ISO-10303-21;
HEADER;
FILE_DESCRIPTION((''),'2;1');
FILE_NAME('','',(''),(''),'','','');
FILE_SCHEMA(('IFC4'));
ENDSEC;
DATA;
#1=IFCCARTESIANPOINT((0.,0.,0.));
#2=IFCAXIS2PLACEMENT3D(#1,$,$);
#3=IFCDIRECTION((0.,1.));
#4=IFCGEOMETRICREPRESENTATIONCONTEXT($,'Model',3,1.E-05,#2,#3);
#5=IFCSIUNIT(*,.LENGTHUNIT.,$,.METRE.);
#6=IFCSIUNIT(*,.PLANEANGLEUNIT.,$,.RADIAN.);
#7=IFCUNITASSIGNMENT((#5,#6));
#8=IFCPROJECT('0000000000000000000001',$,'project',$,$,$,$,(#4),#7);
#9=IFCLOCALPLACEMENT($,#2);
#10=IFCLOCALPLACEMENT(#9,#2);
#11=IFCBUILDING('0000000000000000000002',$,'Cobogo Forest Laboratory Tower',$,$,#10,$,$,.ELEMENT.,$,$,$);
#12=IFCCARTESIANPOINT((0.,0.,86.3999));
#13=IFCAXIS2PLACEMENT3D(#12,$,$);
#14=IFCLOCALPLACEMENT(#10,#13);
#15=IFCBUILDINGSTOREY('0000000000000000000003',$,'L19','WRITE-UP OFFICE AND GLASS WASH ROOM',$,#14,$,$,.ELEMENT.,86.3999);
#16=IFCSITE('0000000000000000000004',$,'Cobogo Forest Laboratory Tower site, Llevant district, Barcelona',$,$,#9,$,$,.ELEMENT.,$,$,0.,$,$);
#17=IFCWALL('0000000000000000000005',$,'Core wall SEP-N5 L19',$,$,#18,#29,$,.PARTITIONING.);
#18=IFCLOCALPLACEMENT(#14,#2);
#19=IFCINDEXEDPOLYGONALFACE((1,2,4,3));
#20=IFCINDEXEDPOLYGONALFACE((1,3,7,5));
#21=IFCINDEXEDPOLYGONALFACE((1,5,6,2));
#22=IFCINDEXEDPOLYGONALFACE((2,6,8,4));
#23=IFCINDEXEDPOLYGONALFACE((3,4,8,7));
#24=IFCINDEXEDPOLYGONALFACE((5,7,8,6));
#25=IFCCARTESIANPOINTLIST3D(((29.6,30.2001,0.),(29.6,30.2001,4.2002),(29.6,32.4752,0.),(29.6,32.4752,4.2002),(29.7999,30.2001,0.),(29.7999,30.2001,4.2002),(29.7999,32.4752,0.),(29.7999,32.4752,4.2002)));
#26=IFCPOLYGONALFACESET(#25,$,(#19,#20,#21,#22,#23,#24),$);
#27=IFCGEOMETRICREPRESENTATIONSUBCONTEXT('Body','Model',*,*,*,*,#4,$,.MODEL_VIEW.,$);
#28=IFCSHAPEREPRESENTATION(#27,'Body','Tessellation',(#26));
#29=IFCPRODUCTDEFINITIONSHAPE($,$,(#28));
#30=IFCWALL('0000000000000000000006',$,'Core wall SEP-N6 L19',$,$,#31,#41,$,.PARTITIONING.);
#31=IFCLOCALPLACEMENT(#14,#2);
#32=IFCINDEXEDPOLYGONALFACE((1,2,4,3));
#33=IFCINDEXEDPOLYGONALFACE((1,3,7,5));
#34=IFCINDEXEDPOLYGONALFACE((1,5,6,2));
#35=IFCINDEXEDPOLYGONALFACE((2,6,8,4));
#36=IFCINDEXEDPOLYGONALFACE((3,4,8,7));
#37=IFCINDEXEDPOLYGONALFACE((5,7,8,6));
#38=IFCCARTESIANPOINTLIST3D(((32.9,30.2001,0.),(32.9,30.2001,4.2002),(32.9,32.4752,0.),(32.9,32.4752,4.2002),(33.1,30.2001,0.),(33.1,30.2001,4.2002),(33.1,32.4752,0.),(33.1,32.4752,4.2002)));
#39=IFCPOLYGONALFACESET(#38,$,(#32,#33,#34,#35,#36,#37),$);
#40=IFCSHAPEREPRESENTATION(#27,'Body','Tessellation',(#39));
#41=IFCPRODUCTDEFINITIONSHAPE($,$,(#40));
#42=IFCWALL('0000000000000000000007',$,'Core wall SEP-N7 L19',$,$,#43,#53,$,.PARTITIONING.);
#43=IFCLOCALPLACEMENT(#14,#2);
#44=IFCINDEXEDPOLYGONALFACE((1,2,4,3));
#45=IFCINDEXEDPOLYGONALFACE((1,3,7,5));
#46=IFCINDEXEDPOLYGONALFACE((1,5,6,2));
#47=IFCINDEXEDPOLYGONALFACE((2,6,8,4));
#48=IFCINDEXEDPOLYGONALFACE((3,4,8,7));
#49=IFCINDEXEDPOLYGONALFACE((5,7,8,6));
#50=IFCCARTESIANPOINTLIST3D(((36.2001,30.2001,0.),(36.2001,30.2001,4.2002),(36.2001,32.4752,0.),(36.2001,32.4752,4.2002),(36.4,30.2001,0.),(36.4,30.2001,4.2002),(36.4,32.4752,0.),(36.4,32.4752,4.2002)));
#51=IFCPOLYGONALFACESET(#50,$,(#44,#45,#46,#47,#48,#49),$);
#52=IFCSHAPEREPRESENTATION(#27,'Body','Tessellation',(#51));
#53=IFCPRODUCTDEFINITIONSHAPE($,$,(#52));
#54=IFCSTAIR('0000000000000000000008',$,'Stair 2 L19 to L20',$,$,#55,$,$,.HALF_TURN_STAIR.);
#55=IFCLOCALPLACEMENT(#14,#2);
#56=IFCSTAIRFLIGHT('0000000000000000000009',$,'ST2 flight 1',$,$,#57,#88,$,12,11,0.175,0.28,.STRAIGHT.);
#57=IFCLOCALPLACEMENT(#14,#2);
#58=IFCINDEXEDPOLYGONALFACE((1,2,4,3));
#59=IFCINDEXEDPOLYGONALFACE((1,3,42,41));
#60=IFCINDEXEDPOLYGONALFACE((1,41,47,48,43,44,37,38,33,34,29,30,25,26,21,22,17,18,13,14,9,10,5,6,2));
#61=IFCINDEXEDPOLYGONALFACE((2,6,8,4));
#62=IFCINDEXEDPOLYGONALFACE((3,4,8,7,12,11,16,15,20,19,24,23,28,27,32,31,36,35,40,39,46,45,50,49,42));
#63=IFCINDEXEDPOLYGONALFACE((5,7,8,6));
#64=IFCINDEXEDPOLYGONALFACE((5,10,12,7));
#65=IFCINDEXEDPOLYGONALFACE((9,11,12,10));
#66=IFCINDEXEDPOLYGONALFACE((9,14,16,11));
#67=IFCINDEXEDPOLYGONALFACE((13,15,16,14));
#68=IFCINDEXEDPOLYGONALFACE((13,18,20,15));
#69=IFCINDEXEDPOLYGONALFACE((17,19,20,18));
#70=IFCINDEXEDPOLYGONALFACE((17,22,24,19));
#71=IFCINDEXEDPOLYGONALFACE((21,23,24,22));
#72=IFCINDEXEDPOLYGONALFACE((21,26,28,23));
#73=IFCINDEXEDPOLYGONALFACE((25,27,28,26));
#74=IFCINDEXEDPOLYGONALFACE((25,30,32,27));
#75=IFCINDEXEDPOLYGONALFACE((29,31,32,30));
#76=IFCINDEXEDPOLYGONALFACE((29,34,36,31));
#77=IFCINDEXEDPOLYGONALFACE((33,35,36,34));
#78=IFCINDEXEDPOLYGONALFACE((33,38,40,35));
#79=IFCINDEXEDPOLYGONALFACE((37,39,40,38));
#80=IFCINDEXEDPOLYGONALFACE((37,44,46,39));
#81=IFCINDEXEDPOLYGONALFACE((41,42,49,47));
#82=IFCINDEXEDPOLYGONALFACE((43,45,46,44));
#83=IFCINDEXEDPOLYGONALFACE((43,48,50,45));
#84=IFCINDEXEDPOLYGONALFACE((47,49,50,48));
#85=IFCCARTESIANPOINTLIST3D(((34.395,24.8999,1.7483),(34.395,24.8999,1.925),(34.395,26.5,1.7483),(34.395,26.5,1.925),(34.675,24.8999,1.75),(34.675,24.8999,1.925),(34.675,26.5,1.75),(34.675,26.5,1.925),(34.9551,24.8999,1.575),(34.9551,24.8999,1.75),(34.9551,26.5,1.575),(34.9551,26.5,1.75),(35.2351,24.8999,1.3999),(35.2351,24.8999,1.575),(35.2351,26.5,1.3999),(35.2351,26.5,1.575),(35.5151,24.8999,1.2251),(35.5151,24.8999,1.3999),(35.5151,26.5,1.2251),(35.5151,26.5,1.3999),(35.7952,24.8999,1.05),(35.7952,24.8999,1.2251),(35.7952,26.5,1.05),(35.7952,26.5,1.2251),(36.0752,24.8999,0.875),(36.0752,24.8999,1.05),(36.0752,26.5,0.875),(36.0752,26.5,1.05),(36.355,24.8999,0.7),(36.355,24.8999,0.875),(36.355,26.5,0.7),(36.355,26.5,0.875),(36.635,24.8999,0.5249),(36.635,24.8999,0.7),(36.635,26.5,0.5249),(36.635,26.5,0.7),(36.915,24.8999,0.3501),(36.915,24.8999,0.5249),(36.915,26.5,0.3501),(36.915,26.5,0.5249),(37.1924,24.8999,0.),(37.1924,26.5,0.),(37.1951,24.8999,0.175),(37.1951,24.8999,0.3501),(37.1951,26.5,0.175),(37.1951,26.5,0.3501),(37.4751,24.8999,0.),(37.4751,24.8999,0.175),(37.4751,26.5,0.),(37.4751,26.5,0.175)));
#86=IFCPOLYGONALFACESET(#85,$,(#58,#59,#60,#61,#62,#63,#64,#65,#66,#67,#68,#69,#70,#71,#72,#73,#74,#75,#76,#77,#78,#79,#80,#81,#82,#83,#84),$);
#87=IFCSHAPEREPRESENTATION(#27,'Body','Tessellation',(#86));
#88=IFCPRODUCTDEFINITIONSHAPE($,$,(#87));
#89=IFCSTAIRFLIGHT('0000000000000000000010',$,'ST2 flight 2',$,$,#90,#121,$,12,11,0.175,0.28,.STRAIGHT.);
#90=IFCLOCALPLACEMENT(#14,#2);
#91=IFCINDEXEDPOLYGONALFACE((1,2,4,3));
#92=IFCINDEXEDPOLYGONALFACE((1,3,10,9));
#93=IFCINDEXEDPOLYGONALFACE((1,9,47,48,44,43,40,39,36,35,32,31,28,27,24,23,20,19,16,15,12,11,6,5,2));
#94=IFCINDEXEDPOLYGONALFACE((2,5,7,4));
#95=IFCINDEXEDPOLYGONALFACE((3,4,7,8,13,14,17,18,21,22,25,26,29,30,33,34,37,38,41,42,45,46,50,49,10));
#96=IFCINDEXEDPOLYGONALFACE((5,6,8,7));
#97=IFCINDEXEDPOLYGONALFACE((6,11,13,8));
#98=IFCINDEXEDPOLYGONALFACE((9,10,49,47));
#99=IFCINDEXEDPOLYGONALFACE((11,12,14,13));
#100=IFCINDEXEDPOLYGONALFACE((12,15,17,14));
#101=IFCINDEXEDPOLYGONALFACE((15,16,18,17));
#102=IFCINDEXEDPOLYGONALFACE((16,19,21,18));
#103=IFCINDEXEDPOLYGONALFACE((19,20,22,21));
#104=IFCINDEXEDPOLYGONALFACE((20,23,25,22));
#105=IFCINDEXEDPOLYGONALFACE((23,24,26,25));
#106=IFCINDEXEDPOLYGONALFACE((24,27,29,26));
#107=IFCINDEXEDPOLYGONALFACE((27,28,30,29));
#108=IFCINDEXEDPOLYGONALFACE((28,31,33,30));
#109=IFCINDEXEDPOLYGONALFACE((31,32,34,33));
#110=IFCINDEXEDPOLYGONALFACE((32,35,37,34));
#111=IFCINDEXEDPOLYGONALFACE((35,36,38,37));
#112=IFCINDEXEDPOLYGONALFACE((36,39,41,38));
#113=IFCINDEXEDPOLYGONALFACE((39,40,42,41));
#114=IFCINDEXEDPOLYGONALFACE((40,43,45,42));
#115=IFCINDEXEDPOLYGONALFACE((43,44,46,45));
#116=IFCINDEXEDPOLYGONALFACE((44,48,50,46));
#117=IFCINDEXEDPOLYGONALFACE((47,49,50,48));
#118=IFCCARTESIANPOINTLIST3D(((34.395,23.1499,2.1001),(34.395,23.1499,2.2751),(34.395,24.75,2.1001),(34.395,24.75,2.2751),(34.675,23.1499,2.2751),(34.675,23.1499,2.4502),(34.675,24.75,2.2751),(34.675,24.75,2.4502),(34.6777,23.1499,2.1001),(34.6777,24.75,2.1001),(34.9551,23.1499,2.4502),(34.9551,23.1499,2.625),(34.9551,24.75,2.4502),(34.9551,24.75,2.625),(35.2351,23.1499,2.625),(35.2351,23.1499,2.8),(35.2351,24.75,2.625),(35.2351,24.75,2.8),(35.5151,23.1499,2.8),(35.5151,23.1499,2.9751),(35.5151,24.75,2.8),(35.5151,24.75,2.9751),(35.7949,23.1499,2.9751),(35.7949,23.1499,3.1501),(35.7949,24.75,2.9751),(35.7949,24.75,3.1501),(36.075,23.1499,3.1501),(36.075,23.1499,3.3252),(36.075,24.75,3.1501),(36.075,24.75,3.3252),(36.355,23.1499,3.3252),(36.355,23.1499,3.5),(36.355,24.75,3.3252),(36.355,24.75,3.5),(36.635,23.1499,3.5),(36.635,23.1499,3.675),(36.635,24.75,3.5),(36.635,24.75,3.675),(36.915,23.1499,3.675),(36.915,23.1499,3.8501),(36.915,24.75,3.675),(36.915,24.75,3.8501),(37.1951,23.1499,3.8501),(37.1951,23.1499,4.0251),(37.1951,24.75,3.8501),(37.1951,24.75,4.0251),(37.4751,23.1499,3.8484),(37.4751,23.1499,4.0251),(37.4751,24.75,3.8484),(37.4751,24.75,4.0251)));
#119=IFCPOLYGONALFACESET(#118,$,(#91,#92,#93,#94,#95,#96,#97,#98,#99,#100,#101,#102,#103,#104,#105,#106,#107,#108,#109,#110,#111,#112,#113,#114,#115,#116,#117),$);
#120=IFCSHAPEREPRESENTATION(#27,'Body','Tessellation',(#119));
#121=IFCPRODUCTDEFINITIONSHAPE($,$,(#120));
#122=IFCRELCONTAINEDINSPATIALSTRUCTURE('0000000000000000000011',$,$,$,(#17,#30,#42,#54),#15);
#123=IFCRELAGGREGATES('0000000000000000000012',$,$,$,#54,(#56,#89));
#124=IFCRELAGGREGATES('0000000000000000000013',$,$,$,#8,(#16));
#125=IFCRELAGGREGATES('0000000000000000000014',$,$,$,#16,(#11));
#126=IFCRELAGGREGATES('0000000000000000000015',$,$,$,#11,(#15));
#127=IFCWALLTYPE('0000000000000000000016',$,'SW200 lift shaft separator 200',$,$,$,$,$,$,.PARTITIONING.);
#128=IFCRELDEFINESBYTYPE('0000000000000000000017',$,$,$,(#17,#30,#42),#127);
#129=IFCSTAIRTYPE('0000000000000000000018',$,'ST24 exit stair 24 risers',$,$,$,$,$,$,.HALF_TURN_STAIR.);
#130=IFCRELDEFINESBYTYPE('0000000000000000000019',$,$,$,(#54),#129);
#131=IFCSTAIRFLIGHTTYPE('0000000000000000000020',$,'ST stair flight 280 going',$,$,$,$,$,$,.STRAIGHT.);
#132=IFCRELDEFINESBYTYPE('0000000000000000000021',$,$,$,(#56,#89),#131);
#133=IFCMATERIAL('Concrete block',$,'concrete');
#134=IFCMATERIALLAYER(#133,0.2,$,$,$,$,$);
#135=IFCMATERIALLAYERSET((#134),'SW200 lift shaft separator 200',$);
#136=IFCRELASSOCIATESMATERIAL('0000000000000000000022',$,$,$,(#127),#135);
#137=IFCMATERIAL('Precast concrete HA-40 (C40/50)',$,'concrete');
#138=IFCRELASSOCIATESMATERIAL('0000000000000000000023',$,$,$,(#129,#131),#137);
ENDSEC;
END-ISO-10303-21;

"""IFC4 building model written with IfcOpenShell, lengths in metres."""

from ifc_helpers import new_model, si_unit, direction, frame, frame_2d, origin, place, context, subcontext, project, spatial, polyline, rectangle, outline, extrude, material, layer, layer_set, type_object, element, aggregate, save


model = new_model("IFC4")

# Units and contexts
model_context = context("Model", 3, precision=1e-05, world=origin(), true_north=direction((0.0, 1.0)))
body_context = subcontext(model_context, "Body", "Model", "MODEL_VIEW")
ifc_project = project(units=[si_unit("LENGTHUNIT", "METRE"), si_unit("PLANEANGLEUNIT", "RADIAN")], contexts=[model_context])

# Site, building, storey
site_placement = place(None, origin())
site = spatial("IfcSite", under=ifc_project, at=site_placement, Name="Cobogo Forest Laboratory Tower site, Llevant district, Barcelona", CompositionType="ELEMENT", RefElevation=0.0)
building_placement = place(site_placement, origin())
building = spatial("IfcBuilding", under=site, at=building_placement, Name="Cobogo Forest Laboratory Tower", CompositionType="ELEMENT")
storey_placement = place(building_placement, frame((0.0, 0.0, 86.3999)))
storey = spatial("IfcBuildingStorey", under=building, at=storey_placement, Name="L19", Description="WRITE-UP OFFICE AND GLASS WASH ROOM", CompositionType="ELEMENT", Elevation=86.3999)

# Walls
ifc_material_1 = material(Name="Concrete block", Category="concrete")
ifc_layer_1 = layer(ifc_material_1, 0.2)
ifc_layer_set_1 = layer_set([ifc_layer_1], Name="SW200 lift shaft separator 200")
wall_type_1 = type_object("IfcWallType", Name="SW200 lift shaft separator 200", PredefinedType="PARTITIONING", material=ifc_layer_set_1)
for number, where, z_axis, x_axis, name in (
    (1, (29.7, 30.2, 0.0), (0.0, 0.0, 1.0), (0.0, 1.0, 0.0), "Core wall SEP-N5 L19"),
    (2, (33.0, 30.2, 0.0), (0.0, 0.0, 1.0), (0.0, 1.0, 0.0), "Core wall SEP-N6 L19"),
    (3, (36.3, 30.2, 0.0), (0.0, 0.0, 1.0), (0.0, 1.0, 0.0), "Core wall SEP-N7 L19"),
):
    element("IfcWall", number, at=place(storey_placement, frame(where, z_axis=z_axis, x_axis=x_axis)), inside=storey, type_object=wall_type_1, Name=name, PredefinedType="PARTITIONING", context=body_context, shape_type="SweptSolid", body=[
        extrude(rectangle(XDim=2.2751, YDim=0.2, at=frame_2d((1.1377, 0.0))), origin(), (0.0, 0.0, 1.0), 4.2002),
    ])

# Stair, stair flights
ifc_material_2 = material(Name="Precast concrete HA-40 (C40/50)", Category="concrete")
stair_type = type_object("IfcStairType", Name="ST24 exit stair 24 risers", PredefinedType="HALF_TURN_STAIR", material=ifc_material_2)
stair_placement = place(storey_placement, origin())
stair = element("IfcStair", 4, at=stair_placement, inside=storey, type_object=stair_type, Name="Stair 2 L19 to L20", PredefinedType="HALF_TURN_STAIR")
stair_flight_type = type_object("IfcStairFlightType", Name="ST stair flight 280 going", PredefinedType="STRAIGHT", material=ifc_material_2)
stair_flight_1_placement = place(storey_placement, frame((37.4751, 25.7, 0.0), z_axis=(0.0, 0.0, 1.0), x_axis=(-1.0, 0.0, 0.0)))
stair_flight_1 = element("IfcStairFlight", 5, at=stair_flight_1_placement, type_object=stair_flight_type, Name="ST2 flight 1", NumberOfRisers=12, NumberOfTreads=11, PredefinedType="STRAIGHT", RiserHeight=0.175, TreadLength=0.28, context=body_context, shape_type="SweptSolid", body=[
    extrude(outline(polyline([(0.0, 0.0), (0.0, 0.175), (0.28, 0.175), (0.28, 0.3501), (0.5601, 0.3501), (0.5601, 0.5249), (0.8401, 0.5249), (0.8401, 0.7), (1.1201, 0.7), (1.1201, 0.875), (1.3999, 0.875), (1.3999, 1.05), (1.6799, 1.05), (1.6799, 1.2251), (1.96, 1.2251), (1.96, 1.3999), (2.24, 1.3999), (2.24, 1.575), (2.52, 1.575), (2.52, 1.75), (2.8, 1.75), (2.8, 1.925), (3.0801, 1.925), (3.0801, 2.1001), (3.0801, 1.7483), (0.2827, 0.0), (0.0, 0.0)])), frame((0.0, 0.8, 0.0), z_axis=(0.0, -1.0, 0.0), x_axis=(1.0, 0.0, 0.0)), (0.0, 0.0, 1.0), 1.6001),
])
stair_flight_2_placement = place(storey_placement, frame((34.395, 23.95, 2.1001), z_axis=(0.0, 0.0, 1.0), x_axis=(1.0, 0.0, 0.0)))
stair_flight_2 = element("IfcStairFlight", 6, at=stair_flight_2_placement, type_object=stair_flight_type, Name="ST2 flight 2", NumberOfRisers=12, NumberOfTreads=11, PredefinedType="STRAIGHT", RiserHeight=0.175, TreadLength=0.28, context=body_context, shape_type="SweptSolid", body=[
    extrude(outline(polyline([(0.0, 0.0), (0.0, 0.175), (0.28, 0.175), (0.28, 0.3501), (0.5601, 0.3501), (0.5601, 0.5249), (0.8401, 0.5249), (0.8401, 0.7), (1.1201, 0.7), (1.1201, 0.875), (1.3999, 0.875), (1.3999, 1.05), (1.6799, 1.05), (1.6799, 1.2251), (1.96, 1.2251), (1.96, 1.3999), (2.24, 1.3999), (2.24, 1.575), (2.52, 1.575), (2.52, 1.75), (2.8, 1.75), (2.8, 1.925), (3.0801, 1.925), (3.0801, 2.1001), (3.0801, 1.7483), (0.2827, 0.0), (0.0, 0.0)])), frame((0.0, 0.8, 0.0), z_axis=(0.0, -1.0, 0.0), x_axis=(1.0, 0.0, 0.0)), (0.0, 0.0, 1.0), 1.6001),
])
aggregate(stair, [stair_flight_1, stair_flight_2])

save(model, "model.ifc")
